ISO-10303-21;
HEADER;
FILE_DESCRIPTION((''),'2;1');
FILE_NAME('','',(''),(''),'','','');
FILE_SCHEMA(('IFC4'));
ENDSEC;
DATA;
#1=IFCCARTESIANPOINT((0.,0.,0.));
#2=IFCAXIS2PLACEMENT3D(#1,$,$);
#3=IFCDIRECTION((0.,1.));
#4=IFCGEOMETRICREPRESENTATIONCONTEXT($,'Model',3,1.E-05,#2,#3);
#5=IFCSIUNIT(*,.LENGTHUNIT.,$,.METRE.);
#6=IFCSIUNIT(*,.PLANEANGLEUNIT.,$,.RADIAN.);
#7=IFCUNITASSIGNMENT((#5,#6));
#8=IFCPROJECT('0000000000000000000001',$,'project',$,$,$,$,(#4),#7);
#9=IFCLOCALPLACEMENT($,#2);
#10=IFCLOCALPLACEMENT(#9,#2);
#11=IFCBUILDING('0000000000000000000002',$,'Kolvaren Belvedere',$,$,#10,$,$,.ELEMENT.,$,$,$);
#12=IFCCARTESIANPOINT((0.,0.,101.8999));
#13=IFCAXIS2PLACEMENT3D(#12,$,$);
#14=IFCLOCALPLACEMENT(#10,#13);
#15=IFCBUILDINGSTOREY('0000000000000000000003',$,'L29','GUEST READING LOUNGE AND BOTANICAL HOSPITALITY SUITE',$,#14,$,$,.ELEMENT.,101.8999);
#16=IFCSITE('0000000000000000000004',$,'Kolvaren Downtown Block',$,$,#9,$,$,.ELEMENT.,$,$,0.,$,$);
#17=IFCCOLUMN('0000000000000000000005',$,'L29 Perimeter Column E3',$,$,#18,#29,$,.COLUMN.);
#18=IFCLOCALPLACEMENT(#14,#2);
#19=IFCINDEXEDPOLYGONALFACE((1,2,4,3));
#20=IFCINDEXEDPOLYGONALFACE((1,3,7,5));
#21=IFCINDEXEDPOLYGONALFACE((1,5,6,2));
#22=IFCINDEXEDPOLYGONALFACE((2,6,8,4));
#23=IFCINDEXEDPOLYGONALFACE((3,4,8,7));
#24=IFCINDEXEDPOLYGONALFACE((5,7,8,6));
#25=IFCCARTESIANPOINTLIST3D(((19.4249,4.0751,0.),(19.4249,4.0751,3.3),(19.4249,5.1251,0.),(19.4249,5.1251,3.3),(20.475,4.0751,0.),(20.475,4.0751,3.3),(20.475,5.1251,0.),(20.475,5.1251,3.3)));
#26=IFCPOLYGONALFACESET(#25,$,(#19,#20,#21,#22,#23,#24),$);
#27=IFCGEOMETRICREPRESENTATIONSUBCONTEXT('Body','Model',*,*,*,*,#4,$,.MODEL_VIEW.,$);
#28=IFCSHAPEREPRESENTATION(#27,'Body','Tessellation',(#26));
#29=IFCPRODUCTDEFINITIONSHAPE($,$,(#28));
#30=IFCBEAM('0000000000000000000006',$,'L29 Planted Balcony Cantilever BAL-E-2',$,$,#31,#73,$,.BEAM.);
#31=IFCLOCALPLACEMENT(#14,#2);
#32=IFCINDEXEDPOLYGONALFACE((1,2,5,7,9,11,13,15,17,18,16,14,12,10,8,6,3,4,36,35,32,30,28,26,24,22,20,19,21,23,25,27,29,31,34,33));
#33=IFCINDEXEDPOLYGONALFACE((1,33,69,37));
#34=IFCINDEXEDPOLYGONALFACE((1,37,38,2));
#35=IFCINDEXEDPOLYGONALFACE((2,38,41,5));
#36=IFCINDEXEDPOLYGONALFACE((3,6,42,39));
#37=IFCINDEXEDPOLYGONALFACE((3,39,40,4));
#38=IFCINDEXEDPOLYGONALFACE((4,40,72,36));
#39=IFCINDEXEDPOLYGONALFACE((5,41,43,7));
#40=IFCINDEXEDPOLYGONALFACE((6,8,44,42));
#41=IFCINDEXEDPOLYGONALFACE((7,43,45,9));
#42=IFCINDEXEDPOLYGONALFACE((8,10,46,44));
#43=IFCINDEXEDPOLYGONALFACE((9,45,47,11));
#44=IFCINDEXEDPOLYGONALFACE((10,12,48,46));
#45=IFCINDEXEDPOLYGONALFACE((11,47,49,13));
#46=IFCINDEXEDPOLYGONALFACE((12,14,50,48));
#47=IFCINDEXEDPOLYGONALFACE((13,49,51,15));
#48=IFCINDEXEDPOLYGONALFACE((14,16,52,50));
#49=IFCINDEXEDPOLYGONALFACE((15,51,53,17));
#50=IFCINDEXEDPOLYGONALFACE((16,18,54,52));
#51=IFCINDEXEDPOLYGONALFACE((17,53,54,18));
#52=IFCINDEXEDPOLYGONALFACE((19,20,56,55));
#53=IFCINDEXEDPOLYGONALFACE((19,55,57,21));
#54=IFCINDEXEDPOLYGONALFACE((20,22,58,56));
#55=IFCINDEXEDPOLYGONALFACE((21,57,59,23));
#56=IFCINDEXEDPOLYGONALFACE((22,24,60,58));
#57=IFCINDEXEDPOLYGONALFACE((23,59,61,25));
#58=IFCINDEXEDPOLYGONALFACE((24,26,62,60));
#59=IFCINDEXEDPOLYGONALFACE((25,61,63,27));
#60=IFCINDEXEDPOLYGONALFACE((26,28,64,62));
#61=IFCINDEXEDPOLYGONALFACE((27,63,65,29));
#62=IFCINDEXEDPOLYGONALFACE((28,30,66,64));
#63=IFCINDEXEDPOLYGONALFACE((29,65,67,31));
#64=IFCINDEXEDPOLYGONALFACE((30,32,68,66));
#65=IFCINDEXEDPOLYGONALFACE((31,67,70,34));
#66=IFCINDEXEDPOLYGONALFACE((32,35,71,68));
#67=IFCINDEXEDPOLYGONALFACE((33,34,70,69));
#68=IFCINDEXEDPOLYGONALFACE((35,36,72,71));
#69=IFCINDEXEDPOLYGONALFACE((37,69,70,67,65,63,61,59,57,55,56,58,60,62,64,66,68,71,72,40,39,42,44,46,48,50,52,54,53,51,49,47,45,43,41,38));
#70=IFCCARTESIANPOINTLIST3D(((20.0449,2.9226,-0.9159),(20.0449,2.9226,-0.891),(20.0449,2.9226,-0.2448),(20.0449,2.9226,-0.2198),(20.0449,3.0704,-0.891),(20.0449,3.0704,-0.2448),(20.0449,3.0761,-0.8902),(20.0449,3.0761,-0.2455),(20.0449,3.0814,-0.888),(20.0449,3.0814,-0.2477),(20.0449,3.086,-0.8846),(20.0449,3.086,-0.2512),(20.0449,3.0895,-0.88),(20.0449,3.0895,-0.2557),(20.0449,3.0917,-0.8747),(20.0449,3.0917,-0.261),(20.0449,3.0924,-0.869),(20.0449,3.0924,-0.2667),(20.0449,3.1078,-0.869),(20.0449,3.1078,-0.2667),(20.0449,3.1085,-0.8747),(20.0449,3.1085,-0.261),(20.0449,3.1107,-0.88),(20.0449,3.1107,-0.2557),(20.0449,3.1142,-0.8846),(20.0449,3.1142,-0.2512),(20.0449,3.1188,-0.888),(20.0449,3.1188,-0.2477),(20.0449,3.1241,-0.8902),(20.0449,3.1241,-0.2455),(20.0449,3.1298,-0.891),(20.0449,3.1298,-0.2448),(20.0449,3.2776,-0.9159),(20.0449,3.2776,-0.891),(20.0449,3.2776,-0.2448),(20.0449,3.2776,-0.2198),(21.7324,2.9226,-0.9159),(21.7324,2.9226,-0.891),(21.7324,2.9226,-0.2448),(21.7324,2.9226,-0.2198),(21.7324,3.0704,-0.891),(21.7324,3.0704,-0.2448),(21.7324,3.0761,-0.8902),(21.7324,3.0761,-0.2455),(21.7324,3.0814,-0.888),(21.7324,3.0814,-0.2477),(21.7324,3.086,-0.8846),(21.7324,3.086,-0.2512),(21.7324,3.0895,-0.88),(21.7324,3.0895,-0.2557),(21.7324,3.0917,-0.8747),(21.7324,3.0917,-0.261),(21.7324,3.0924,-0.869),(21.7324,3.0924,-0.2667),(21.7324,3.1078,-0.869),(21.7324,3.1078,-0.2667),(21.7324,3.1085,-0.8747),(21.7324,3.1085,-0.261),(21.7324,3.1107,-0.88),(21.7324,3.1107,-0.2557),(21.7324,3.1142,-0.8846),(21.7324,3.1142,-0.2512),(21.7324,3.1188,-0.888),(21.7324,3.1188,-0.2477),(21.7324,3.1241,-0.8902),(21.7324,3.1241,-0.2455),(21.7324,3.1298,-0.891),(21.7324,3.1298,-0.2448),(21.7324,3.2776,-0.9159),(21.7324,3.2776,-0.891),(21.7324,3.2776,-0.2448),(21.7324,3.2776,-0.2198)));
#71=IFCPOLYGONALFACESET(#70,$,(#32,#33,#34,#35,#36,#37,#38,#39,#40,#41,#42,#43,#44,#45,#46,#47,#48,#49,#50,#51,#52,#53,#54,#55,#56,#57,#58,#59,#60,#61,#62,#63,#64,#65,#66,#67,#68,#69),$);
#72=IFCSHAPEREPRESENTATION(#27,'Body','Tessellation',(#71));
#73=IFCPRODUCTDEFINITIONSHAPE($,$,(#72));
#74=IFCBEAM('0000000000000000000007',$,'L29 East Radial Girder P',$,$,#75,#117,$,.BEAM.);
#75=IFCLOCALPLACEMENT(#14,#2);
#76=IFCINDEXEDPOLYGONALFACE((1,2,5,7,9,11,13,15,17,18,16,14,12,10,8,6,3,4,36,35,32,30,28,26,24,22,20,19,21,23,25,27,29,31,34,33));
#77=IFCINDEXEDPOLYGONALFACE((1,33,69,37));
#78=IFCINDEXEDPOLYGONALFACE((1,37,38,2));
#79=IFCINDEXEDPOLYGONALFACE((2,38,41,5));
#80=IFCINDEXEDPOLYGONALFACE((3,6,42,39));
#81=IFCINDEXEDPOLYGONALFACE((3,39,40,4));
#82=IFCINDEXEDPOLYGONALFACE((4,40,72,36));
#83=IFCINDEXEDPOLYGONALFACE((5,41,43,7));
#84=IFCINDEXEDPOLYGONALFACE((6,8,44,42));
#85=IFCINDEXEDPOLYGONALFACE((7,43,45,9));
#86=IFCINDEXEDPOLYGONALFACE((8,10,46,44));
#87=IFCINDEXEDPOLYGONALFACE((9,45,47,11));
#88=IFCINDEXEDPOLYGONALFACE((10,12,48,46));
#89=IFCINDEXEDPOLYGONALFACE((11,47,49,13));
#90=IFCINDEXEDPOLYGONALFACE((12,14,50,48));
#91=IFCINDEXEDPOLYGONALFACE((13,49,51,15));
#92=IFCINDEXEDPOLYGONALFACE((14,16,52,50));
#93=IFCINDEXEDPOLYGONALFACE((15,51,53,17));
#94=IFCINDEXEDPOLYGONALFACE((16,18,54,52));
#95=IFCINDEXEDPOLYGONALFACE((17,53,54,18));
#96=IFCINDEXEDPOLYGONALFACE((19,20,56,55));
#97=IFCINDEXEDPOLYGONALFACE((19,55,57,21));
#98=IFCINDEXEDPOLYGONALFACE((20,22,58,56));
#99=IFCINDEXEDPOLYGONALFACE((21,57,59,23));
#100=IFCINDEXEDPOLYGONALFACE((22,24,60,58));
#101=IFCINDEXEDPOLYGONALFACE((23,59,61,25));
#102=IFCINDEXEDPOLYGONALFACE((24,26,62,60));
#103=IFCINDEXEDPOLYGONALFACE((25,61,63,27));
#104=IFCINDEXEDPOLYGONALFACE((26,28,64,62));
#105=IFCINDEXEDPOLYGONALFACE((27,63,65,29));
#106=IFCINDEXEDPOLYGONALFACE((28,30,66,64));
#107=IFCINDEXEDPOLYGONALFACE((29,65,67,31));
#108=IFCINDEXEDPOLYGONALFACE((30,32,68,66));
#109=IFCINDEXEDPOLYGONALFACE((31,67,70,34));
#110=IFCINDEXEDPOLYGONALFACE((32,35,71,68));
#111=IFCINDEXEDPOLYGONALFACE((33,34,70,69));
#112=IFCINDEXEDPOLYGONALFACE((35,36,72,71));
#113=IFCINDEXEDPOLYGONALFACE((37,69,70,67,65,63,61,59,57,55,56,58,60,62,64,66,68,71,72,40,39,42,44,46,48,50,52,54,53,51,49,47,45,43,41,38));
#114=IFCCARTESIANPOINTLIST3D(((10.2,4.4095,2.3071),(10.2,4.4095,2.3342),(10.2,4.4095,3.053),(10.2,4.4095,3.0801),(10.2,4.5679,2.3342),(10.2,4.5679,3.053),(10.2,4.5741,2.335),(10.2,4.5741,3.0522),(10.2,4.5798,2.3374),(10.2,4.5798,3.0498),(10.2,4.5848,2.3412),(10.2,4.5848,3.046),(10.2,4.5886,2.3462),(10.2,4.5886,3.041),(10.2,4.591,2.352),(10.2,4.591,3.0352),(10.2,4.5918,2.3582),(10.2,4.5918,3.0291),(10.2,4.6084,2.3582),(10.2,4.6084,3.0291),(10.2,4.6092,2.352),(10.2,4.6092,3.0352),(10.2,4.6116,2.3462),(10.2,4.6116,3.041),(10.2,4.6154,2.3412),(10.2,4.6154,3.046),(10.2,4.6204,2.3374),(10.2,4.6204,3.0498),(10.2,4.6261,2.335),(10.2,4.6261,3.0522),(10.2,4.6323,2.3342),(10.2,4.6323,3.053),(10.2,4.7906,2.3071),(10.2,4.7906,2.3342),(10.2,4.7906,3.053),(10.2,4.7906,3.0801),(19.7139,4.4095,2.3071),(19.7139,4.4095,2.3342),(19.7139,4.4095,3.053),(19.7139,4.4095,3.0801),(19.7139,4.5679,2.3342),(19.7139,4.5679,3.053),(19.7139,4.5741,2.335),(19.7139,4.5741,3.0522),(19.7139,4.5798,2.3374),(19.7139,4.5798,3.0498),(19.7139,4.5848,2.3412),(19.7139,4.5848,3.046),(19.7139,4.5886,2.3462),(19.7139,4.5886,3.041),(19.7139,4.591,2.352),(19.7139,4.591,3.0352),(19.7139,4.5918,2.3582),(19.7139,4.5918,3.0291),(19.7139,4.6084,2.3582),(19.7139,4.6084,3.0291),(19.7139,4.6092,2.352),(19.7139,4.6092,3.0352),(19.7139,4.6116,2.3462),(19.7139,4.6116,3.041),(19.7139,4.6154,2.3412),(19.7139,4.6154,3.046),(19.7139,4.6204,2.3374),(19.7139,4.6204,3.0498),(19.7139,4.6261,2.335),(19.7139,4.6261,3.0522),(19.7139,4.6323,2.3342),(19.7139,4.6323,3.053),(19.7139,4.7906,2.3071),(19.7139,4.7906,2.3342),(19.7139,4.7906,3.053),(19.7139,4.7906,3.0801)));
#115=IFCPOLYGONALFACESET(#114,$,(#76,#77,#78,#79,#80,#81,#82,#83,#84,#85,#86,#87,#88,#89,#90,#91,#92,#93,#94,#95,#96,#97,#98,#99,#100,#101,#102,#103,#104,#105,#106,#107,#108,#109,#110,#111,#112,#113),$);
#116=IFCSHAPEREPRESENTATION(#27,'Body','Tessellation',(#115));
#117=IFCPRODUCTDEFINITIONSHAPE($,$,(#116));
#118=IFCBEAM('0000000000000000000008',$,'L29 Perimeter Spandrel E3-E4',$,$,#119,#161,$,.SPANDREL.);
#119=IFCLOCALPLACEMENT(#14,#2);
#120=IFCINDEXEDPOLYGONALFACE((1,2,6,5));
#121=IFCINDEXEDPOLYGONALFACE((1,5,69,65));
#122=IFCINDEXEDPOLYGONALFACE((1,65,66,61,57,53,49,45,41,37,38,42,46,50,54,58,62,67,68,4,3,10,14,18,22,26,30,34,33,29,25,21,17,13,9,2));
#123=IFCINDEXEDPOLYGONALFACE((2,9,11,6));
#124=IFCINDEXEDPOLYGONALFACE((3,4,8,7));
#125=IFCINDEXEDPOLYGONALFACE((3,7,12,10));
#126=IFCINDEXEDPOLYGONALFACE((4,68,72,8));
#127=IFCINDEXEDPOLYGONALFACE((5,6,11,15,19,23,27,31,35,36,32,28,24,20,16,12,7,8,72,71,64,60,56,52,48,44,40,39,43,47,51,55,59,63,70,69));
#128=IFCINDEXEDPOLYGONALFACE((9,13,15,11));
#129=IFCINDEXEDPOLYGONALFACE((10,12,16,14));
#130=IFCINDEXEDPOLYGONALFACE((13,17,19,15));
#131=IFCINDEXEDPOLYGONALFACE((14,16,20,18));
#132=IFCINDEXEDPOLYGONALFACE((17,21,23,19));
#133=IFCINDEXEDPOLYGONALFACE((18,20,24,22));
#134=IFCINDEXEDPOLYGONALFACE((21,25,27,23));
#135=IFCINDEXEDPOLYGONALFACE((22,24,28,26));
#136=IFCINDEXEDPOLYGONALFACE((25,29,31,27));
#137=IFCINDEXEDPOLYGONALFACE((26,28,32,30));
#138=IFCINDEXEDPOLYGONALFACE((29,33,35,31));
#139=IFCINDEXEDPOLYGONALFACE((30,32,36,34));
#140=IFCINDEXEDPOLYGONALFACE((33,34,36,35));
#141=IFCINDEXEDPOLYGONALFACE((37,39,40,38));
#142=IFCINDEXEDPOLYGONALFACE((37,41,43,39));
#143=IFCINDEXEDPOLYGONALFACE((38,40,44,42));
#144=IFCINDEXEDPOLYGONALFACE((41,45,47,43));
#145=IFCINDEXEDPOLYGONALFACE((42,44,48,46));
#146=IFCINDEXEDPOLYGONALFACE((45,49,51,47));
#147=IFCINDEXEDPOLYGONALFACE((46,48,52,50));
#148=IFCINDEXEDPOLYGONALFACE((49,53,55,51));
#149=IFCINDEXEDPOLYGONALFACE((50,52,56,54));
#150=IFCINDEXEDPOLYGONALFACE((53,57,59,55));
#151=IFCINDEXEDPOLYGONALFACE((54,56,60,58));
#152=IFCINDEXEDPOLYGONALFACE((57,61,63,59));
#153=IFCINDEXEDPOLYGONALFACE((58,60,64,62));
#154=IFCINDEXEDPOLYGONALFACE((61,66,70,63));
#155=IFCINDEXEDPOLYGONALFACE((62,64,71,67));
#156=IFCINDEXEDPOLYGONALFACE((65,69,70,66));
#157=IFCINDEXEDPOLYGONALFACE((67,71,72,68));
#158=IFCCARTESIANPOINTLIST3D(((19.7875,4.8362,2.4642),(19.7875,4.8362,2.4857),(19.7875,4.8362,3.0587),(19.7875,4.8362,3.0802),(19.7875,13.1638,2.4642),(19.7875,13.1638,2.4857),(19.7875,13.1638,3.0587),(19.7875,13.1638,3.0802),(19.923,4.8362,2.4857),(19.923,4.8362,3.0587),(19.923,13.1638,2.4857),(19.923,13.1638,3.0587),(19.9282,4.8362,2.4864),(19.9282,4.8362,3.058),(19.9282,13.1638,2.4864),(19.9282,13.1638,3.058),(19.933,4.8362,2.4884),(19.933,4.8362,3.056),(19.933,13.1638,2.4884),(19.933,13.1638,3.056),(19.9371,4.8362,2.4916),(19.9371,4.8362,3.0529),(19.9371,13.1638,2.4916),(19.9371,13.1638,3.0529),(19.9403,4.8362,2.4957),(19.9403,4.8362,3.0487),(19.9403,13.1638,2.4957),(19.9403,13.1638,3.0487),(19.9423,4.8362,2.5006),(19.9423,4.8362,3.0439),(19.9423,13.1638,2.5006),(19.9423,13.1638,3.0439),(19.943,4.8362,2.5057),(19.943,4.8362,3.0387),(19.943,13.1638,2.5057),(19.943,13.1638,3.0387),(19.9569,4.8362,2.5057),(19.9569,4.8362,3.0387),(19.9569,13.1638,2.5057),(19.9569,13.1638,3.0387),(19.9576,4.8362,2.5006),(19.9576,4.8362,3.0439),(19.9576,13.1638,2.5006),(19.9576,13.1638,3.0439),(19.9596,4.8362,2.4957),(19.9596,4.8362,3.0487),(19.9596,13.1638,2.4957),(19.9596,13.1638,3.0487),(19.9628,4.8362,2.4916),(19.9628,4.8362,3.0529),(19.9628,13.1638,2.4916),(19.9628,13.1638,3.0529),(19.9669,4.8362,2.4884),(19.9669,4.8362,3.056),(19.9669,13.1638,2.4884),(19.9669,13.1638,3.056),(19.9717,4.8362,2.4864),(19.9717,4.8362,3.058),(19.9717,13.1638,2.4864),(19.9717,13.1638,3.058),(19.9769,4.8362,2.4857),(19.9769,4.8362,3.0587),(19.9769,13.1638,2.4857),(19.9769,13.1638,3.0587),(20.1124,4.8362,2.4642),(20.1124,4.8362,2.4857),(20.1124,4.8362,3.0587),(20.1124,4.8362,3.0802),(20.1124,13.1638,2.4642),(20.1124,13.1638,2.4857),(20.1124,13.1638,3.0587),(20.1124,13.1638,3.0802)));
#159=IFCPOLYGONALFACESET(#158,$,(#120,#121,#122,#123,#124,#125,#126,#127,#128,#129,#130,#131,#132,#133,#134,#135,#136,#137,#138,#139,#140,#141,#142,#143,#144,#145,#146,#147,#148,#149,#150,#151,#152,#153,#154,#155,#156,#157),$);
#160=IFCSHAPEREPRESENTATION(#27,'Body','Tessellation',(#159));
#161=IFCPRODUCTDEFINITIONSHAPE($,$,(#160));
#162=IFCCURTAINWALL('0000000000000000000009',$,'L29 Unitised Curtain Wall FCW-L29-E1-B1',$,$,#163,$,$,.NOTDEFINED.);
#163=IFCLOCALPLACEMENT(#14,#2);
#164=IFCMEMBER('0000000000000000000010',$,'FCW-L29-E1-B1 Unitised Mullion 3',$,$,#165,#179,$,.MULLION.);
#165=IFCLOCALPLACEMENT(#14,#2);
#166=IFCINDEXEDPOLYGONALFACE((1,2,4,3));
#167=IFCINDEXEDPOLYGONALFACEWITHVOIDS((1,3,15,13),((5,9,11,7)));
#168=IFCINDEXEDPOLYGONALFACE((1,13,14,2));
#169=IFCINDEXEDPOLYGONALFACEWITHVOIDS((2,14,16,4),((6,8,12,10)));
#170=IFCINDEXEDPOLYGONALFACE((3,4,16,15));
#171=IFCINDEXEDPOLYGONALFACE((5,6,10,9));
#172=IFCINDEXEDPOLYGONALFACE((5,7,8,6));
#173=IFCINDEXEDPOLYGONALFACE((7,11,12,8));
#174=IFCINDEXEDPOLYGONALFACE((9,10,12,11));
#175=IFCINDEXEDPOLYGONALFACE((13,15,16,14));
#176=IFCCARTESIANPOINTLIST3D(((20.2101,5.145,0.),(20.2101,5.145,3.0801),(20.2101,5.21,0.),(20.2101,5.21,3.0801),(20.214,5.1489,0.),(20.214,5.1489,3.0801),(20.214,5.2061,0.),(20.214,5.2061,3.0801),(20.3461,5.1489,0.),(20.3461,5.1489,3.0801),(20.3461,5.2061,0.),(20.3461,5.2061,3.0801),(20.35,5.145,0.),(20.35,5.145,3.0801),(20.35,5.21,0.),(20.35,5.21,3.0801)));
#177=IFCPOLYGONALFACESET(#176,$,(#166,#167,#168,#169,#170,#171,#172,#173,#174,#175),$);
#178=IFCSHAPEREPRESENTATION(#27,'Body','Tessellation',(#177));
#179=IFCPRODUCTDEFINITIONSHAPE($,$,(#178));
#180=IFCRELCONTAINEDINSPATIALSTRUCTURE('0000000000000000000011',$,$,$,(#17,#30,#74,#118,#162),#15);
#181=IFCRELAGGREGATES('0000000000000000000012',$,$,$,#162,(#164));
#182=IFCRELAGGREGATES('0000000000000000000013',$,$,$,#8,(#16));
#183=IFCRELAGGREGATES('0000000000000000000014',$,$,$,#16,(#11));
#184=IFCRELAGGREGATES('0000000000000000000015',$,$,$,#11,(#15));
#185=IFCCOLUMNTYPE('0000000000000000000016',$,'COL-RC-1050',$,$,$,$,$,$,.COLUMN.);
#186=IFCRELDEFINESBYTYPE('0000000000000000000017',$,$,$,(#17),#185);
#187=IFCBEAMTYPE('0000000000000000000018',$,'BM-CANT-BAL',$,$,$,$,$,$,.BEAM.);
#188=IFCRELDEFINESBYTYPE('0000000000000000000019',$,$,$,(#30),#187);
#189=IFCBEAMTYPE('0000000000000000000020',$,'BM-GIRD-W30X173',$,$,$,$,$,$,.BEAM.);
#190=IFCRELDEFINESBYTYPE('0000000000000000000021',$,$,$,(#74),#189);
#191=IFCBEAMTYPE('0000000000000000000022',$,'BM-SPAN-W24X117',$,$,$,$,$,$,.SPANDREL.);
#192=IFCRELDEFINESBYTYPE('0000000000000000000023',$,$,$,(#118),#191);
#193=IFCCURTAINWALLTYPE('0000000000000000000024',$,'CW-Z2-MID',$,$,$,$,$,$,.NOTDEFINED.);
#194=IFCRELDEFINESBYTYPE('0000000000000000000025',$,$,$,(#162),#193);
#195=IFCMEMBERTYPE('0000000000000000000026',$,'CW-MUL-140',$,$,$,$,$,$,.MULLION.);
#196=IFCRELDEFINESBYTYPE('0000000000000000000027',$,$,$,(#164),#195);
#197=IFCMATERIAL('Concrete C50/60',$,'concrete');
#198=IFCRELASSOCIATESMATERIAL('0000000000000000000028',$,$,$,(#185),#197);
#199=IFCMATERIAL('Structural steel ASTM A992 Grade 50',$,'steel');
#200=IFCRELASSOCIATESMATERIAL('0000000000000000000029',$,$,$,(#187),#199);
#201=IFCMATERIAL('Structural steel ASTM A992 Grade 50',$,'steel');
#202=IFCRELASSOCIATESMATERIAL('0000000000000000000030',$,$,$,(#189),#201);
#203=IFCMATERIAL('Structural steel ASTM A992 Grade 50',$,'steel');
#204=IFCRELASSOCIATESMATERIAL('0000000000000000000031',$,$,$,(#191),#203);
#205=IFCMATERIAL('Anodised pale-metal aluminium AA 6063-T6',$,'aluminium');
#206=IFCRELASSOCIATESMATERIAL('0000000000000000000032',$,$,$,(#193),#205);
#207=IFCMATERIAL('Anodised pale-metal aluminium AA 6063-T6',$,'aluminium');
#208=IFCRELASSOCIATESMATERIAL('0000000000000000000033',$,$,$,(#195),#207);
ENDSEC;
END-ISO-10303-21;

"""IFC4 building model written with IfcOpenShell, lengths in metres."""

from ifc_helpers import new_model, si_unit, direction, frame, origin, origin_2d, place, context, subcontext, project, spatial, rectangle, hollow_rectangle, i_section, extrude, material, material_profile, profile_set, type_object, element, aggregate, save


model = new_model("IFC4")

# Units and contexts
model_context = context("Model", 3, precision=1e-05, world=origin(), true_north=direction((0.0, 1.0)))
body_context = subcontext(model_context, "Body", "Model", "MODEL_VIEW")
ifc_project = project(units=[si_unit("LENGTHUNIT", "METRE"), si_unit("PLANEANGLEUNIT", "RADIAN")], contexts=[model_context])

# Site, building, storey
site_placement = place(None, origin())
site = spatial("IfcSite", under=ifc_project, at=site_placement, Name="Kolvaren Downtown Block", CompositionType="ELEMENT", RefElevation=0.0)
building_placement = place(site_placement, origin())
building = spatial("IfcBuilding", under=site, at=building_placement, Name="Kolvaren Belvedere", CompositionType="ELEMENT")
storey_placement = place(building_placement, frame((0.0, 0.0, 101.8999)))
storey = spatial("IfcBuildingStorey", under=building, at=storey_placement, Name="L29", Description="GUEST READING LOUNGE AND BOTANICAL HOSPITALITY SUITE", CompositionType="ELEMENT", Elevation=101.8999)

# Column
ifc_material_1 = material(Name="Concrete C50/60", Category="concrete")
ifc_material_profile_1 = material_profile(ifc_material_1, rectangle(XDim=1.05, YDim=1.05, at=origin_2d()), Name="RC 1050X1050")
ifc_profile_set_1 = profile_set([ifc_material_profile_1], Name="Concrete C50/60")
column_type = type_object("IfcColumnType", Name="COL-RC-1050", PredefinedType="COLUMN", material=ifc_profile_set_1)
column_placement = place(storey_placement, frame((19.95, 4.6001, 0.0), z_axis=(0.0, 0.0, 1.0), x_axis=(1.0, 0.0, 0.0)))
element("IfcColumn", 1, at=column_placement, inside=storey, type_object=column_type, Name="L29 Perimeter Column E3", PredefinedType="COLUMN", context=body_context, shape_type="SweptSolid", body=[
    extrude(rectangle(XDim=1.05, YDim=1.05, at=origin_2d()), origin(), (0.0, 0.0, 1.0), 3.3),
])

# Beams
ifc_material_2 = material(Name="Structural steel ASTM A992 Grade 50", Category="steel")
ifc_material_profile_2 = material_profile(ifc_material_2, i_section(OverallWidth=0.355, OverallDepth=0.696, WebThickness=0.0154, FlangeThickness=0.0249, FilletRadius=0.022, at=origin_2d()), Name="W27X146")
ifc_profile_set_2 = profile_set([ifc_material_profile_2], Name="Structural steel ASTM A992 Grade 50")
beam_type_1 = type_object("IfcBeamType", Name="BM-CANT-BAL", PredefinedType="BEAM", material=ifc_profile_set_2)
beam_1_placement = place(storey_placement, frame((20.0449, 3.1001, -0.5679), z_axis=(1.0, 0.0, 0.0), x_axis=(0.0, 1.0, 0.0)))
element("IfcBeam", 2, at=beam_1_placement, inside=storey, type_object=beam_type_1, Name="L29 Planted Balcony Cantilever BAL-E-2", PredefinedType="BEAM", context=body_context, shape_type="SweptSolid", body=[
    extrude(i_section(OverallWidth=0.355, OverallDepth=0.696, WebThickness=0.0154, FlangeThickness=0.0249, FilletRadius=0.022, at=origin_2d()), origin(), (0.0, 0.0, 1.0), 1.6875),
])
ifc_material_3 = material(Name="Structural steel ASTM A992 Grade 50", Category="steel")
ifc_material_profile_3 = material_profile(ifc_material_3, i_section(OverallWidth=0.3811, OverallDepth=0.7729, WebThickness=0.0166, FlangeThickness=0.0271, FilletRadius=0.0239, at=origin_2d()), Name="W30X173")
ifc_profile_set_3 = profile_set([ifc_material_profile_3], Name="Structural steel ASTM A992 Grade 50")
beam_type_2 = type_object("IfcBeamType", Name="BM-GIRD-W30X173", PredefinedType="BEAM", material=ifc_profile_set_3)
beam_2_placement = place(storey_placement, frame((10.2, 4.6001, 2.6936), z_axis=(1.0, 0.0, 0.0), x_axis=(0.0, 1.0, 0.0)))
element("IfcBeam", 3, at=beam_2_placement, inside=storey, type_object=beam_type_2, Name="L29 East Radial Girder P", PredefinedType="BEAM", context=body_context, shape_type="SweptSolid", body=[
    extrude(i_section(OverallWidth=0.3811, OverallDepth=0.7729, WebThickness=0.0166, FlangeThickness=0.0271, FilletRadius=0.0239, at=origin_2d()), origin(), (0.0, 0.0, 1.0), 9.5139),
])
ifc_material_4 = material(Name="Structural steel ASTM A992 Grade 50", Category="steel")
ifc_material_profile_4 = material_profile(ifc_material_4, i_section(OverallWidth=0.325, OverallDepth=0.616, WebThickness=0.0139, FlangeThickness=0.0215, FilletRadius=0.02, at=origin_2d()), Name="W24X117")
ifc_profile_set_4 = profile_set([ifc_material_profile_4], Name="Structural steel ASTM A992 Grade 50")
beam_type_3 = type_object("IfcBeamType", Name="BM-SPAN-W24X117", PredefinedType="SPANDREL", material=ifc_profile_set_4)
beam_3_placement = place(storey_placement, frame((19.95, 4.8362, 2.7722), z_axis=(0.0, 1.0, 0.0), x_axis=(-1.0, 0.0, 0.0)))
element("IfcBeam", 4, at=beam_3_placement, inside=storey, type_object=beam_type_3, Name="L29 Perimeter Spandrel E3-E4", PredefinedType="SPANDREL", context=body_context, shape_type="SweptSolid", body=[
    extrude(i_section(OverallWidth=0.325, OverallDepth=0.616, WebThickness=0.0139, FlangeThickness=0.0215, FilletRadius=0.02, at=origin_2d()), origin(), (0.0, 0.0, 1.0), 8.3276),
])

# Curtain wall, member
ifc_material_5 = material(Name="Anodised pale-metal aluminium AA 6063-T6", Category="aluminium")
curtain_wall_type = type_object("IfcCurtainWallType", Name="CW-Z2-MID", PredefinedType="NOTDEFINED", material=ifc_material_5)
curtain_wall_1_placement = place(storey_placement, origin())
curtain_wall_1 = element("IfcCurtainWall", 5, at=curtain_wall_1_placement, inside=storey, type_object=curtain_wall_type, Name="L29 Unitised Curtain Wall FCW-L29-E1-B1", PredefinedType="NOTDEFINED")
ifc_material_6 = material(Name="Anodised pale-metal aluminium AA 6063-T6", Category="aluminium")
ifc_material_profile_5 = material_profile(ifc_material_6, hollow_rectangle(XDim=0.0649, YDim=0.1399, WallThickness=0.0039, at=origin_2d()), Name="ALU-MUL-140X65")
ifc_profile_set_5 = profile_set([ifc_material_profile_5], Name="Anodised pale-metal aluminium AA 6063-T6")
member_type_1 = type_object("IfcMemberType", Name="CW-MUL-140", PredefinedType="MULLION", material=ifc_profile_set_5)
member_1_placement = place(storey_placement, frame((20.28, 5.1775, 0.0), z_axis=(0.0, 0.0, 1.0), x_axis=(0.0, 1.0, 0.0)))
member_1 = element("IfcMember", 6, at=member_1_placement, type_object=member_type_1, Name="FCW-L29-E1-B1 Unitised Mullion 3", PredefinedType="MULLION", context=body_context, shape_type="SweptSolid", body=[
    extrude(hollow_rectangle(XDim=0.0649, YDim=0.1399, WallThickness=0.0039, at=origin_2d()), origin(), (0.0, 0.0, 1.0), 3.0801),
])
aggregate(curtain_wall_1, [member_1])

save(model, "model.ifc")
